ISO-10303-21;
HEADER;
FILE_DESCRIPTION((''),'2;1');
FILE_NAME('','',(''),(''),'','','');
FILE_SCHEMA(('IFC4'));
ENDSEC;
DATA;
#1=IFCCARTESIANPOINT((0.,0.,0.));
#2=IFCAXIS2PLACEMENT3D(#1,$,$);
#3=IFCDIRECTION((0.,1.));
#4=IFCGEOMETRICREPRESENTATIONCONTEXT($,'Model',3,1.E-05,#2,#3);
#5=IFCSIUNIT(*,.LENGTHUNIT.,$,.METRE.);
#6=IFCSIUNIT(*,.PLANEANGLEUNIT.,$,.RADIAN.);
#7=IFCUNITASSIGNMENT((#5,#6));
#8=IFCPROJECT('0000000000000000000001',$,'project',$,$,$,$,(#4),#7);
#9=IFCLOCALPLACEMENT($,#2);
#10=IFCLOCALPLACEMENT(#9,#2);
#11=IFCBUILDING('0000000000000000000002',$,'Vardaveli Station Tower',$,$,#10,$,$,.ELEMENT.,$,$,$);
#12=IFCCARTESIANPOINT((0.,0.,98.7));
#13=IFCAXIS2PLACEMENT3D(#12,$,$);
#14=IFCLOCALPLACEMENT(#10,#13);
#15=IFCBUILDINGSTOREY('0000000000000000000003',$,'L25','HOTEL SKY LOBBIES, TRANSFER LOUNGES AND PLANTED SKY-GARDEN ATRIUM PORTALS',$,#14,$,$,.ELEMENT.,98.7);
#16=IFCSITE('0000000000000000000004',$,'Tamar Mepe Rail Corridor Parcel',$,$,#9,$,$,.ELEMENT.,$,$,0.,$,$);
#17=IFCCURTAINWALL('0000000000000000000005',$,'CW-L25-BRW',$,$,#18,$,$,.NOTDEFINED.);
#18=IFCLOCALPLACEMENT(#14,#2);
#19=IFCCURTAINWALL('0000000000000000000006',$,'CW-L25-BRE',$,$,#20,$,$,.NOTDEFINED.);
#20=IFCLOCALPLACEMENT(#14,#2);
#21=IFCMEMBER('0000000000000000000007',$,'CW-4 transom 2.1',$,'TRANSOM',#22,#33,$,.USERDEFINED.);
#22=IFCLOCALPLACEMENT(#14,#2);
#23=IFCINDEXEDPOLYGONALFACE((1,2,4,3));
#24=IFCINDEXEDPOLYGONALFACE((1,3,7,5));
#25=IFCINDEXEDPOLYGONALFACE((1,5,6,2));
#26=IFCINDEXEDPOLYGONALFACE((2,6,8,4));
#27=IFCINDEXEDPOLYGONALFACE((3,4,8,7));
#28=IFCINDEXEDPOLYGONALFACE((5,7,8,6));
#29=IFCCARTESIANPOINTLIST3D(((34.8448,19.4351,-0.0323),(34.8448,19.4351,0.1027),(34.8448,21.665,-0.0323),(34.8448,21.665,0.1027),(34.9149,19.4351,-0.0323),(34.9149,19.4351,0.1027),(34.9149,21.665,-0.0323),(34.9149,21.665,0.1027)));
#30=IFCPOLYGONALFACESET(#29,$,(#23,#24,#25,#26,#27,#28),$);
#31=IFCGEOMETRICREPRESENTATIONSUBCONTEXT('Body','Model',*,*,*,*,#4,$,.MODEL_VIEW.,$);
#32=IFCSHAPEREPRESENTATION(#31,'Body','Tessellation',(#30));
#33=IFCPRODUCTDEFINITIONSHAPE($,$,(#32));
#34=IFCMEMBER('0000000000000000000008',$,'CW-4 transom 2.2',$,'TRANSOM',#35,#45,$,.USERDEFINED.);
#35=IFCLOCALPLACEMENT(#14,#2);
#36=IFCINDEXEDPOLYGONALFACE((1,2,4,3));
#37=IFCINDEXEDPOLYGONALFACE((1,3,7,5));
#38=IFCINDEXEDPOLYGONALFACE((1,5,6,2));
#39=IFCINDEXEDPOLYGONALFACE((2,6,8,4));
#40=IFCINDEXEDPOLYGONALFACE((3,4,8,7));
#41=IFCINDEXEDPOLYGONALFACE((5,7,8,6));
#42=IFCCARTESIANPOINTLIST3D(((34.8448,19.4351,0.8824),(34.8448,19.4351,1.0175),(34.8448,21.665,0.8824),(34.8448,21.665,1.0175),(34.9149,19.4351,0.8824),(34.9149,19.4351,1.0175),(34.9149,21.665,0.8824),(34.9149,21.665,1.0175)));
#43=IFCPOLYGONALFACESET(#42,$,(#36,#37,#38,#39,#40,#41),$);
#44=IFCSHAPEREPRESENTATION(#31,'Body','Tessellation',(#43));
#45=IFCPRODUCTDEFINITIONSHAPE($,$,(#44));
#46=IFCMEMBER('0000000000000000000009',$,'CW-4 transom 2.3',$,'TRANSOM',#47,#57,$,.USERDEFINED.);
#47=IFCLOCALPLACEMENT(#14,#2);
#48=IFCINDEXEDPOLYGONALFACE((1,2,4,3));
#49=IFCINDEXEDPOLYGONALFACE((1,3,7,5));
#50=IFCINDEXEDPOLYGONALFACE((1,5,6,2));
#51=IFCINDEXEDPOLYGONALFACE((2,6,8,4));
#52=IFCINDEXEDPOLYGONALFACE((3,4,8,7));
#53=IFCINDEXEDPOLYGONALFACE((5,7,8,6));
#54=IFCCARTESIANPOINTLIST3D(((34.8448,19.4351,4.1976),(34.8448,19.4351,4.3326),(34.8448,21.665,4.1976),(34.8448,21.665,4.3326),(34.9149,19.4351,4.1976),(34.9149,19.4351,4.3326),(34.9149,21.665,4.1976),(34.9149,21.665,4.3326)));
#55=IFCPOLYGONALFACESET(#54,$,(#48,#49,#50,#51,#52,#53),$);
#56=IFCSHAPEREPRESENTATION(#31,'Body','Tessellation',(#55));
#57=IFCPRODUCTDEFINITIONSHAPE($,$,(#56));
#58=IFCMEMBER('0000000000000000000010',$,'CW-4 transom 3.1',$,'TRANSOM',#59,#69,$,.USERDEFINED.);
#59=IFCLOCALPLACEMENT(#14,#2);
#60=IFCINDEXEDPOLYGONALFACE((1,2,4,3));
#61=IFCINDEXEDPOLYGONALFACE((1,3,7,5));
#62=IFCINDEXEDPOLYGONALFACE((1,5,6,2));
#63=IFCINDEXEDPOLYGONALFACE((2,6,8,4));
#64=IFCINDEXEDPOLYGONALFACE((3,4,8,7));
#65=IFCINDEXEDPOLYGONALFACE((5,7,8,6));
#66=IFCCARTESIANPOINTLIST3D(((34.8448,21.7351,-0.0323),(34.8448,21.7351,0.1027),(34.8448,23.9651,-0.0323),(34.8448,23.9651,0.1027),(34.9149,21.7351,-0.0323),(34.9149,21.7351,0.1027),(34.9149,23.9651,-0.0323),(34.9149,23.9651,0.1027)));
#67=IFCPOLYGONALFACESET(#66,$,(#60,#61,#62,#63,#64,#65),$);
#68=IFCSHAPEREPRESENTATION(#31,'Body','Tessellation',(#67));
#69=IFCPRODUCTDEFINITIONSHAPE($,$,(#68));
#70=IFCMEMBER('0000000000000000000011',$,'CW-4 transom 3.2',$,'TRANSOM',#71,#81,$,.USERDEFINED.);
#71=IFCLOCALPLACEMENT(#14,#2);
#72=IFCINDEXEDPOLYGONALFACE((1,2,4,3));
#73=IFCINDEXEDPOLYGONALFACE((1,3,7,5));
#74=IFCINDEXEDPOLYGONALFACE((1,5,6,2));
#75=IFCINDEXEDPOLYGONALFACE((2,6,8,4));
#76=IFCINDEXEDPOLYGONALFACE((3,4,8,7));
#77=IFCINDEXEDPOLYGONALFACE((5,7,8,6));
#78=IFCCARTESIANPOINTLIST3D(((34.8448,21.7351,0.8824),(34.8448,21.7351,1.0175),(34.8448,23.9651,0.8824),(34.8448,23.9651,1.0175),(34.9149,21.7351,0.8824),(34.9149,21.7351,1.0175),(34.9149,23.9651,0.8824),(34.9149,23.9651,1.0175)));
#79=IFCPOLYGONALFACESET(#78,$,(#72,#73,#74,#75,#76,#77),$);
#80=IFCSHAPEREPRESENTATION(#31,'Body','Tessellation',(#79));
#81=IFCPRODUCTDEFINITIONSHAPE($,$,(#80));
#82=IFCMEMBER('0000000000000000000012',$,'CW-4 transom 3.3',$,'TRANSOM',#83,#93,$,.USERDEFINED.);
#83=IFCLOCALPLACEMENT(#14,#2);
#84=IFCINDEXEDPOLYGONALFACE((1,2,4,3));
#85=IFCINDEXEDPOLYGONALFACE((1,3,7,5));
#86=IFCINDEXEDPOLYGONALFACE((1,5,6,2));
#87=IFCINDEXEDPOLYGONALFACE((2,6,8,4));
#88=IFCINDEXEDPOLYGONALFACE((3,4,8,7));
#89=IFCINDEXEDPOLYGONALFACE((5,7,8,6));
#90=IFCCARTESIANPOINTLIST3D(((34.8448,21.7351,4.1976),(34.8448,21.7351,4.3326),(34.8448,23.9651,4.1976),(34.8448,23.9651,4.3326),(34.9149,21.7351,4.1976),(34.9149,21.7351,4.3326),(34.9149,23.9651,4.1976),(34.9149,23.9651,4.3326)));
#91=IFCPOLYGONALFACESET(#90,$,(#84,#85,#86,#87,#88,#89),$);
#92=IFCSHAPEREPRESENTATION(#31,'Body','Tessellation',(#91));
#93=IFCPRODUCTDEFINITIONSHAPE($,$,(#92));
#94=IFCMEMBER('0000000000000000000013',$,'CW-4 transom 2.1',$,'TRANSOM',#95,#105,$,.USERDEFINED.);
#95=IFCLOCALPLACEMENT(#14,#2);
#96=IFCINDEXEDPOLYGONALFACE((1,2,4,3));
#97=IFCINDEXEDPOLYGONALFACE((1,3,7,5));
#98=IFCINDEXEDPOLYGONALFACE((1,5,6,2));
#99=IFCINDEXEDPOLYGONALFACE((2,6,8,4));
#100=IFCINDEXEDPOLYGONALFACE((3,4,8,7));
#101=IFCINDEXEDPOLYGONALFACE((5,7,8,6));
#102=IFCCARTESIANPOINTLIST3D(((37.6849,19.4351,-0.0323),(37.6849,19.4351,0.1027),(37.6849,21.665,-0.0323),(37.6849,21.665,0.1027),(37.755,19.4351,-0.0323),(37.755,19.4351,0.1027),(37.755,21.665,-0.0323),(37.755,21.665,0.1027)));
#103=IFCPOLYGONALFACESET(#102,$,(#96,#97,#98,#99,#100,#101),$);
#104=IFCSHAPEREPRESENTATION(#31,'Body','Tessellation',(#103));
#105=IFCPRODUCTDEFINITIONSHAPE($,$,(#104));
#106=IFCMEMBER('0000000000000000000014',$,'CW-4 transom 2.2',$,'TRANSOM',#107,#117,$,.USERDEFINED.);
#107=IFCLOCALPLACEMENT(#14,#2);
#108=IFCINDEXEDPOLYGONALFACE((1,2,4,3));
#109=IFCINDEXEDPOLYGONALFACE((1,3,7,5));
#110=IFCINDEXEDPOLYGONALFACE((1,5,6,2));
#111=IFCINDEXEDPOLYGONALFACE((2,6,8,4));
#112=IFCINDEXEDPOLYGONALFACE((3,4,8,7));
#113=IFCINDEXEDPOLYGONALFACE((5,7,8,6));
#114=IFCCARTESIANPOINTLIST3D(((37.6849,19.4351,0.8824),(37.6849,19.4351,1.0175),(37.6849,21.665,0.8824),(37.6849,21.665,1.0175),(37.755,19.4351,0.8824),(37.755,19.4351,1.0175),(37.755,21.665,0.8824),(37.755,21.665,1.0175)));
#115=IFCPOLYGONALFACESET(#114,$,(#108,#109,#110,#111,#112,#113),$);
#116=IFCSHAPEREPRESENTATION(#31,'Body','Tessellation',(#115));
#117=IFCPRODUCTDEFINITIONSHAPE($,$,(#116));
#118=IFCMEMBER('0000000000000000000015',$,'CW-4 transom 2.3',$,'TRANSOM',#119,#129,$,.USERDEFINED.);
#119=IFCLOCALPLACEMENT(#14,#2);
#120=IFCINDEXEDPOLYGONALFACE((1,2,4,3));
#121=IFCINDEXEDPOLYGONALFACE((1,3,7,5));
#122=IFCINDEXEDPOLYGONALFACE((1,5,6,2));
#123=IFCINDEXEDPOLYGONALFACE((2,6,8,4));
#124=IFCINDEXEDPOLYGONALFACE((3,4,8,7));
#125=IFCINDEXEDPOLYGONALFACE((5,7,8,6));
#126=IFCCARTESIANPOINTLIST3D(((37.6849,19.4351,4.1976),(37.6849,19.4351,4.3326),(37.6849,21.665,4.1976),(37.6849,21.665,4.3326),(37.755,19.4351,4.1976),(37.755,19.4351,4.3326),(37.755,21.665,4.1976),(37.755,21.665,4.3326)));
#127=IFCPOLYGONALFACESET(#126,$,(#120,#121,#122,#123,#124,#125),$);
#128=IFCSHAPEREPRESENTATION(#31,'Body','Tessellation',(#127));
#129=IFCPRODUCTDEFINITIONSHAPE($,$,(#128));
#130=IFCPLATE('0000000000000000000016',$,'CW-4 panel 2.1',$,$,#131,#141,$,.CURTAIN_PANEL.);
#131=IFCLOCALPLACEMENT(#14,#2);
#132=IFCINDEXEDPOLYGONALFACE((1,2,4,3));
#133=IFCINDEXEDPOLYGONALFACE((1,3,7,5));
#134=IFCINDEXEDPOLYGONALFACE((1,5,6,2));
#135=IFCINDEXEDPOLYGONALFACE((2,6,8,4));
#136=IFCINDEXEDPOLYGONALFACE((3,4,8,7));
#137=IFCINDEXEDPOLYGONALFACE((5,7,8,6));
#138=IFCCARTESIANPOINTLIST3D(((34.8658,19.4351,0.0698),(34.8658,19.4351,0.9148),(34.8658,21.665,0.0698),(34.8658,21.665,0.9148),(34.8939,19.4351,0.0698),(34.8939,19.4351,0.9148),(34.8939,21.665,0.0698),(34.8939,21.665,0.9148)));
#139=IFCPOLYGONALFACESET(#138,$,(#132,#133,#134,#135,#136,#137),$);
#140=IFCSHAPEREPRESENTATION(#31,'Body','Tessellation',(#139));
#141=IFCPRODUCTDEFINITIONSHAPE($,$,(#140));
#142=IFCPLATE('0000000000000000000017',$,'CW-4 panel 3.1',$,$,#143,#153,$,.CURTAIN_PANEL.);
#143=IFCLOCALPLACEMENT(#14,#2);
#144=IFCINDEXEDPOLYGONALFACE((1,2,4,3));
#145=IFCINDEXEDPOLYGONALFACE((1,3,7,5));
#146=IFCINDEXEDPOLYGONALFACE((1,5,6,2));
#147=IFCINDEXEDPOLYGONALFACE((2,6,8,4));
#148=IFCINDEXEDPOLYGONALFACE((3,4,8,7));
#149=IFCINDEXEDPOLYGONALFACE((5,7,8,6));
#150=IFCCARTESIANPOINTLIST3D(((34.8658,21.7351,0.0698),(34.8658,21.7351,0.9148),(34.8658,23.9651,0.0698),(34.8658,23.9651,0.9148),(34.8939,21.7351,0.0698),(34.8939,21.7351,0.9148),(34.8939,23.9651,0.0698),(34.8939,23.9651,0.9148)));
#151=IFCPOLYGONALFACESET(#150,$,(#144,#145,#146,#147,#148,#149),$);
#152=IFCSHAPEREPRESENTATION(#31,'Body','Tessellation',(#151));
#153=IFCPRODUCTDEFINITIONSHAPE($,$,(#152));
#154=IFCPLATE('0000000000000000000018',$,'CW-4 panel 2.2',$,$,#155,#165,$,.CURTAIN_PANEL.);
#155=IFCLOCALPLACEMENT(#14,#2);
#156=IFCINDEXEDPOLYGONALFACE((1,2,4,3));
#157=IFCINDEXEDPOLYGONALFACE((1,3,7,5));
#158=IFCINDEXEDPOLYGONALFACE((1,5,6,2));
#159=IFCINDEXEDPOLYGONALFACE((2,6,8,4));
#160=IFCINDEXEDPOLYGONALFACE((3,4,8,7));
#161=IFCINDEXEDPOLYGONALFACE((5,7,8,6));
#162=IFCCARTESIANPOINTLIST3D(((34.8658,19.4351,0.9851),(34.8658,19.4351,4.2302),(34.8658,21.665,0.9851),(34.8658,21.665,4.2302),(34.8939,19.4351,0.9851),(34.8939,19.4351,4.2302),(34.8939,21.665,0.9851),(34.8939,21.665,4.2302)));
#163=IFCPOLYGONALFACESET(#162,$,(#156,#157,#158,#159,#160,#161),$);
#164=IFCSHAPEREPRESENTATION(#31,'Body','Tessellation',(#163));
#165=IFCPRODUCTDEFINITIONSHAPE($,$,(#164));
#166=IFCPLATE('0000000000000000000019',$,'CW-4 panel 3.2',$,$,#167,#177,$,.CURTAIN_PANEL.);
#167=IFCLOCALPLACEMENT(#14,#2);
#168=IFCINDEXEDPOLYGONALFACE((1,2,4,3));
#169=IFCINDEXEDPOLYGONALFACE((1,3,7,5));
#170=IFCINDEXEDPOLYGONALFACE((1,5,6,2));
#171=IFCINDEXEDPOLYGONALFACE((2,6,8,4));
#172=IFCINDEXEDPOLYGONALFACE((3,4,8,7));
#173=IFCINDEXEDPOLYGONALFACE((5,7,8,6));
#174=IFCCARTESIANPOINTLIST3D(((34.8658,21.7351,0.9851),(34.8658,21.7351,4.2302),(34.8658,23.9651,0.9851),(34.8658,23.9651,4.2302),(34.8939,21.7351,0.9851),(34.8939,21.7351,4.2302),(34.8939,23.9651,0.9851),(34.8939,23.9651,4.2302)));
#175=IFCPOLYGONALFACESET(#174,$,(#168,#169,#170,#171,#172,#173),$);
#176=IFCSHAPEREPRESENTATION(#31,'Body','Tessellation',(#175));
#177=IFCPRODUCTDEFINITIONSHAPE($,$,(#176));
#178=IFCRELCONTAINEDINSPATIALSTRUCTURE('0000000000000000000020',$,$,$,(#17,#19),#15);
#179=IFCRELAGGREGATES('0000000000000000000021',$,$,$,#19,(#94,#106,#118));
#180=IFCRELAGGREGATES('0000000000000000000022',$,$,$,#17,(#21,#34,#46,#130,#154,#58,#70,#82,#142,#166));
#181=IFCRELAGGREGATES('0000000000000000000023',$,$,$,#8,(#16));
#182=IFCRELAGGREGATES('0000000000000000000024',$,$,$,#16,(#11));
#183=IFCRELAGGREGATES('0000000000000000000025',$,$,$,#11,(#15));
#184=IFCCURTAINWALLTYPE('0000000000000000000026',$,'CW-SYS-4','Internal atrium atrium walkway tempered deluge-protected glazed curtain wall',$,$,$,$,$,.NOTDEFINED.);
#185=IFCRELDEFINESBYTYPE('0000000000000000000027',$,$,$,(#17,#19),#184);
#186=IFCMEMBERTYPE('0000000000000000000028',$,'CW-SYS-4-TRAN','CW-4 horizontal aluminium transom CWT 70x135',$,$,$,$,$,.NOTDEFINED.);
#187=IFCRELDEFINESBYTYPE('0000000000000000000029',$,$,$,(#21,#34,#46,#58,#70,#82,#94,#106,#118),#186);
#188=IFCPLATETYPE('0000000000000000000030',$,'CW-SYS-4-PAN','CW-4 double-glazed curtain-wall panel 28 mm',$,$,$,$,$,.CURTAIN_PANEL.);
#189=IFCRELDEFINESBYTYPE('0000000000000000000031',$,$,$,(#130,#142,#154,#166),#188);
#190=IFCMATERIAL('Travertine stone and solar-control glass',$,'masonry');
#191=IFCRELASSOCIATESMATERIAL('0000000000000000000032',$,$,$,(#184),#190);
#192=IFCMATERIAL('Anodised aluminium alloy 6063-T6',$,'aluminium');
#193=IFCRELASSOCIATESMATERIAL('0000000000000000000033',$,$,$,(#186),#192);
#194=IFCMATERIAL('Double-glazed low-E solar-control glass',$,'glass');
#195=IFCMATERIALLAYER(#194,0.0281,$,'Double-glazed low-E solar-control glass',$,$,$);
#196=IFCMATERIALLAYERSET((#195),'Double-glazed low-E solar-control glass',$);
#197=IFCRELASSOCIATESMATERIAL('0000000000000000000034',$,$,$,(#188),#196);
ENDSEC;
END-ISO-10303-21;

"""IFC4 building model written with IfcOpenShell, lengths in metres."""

from ifc_helpers import new_model, si_unit, direction, frame, origin, origin_2d, place, context, subcontext, project, spatial, rectangle, extrude, source, transform, mapped, material, layer, layer_set, material_profile, profile_set, type_object, element, aggregate, save


model = new_model("IFC4")

# Units and contexts
model_context = context("Model", 3, precision=1e-05, world=origin(), true_north=direction((0.0, 1.0)))
body_context = subcontext(model_context, "Body", "Model", "MODEL_VIEW")
ifc_project = project(units=[si_unit("LENGTHUNIT", "METRE"), si_unit("PLANEANGLEUNIT", "RADIAN")], contexts=[model_context])

# Site, building, storey
site_placement = place(None, origin())
site = spatial("IfcSite", under=ifc_project, at=site_placement, Name="Tamar Mepe Rail Corridor Parcel", CompositionType="ELEMENT", RefElevation=0.0)
building_placement = place(site_placement, origin())
building = spatial("IfcBuilding", under=site, at=building_placement, Name="Vardaveli Station Tower", CompositionType="ELEMENT")
storey_placement = place(building_placement, frame((0.0, 0.0, 98.7)))
storey = spatial("IfcBuildingStorey", under=building, at=storey_placement, Name="L25", Description="HOTEL SKY LOBBIES, TRANSFER LOUNGES AND PLANTED SKY-GARDEN ATRIUM PORTALS", CompositionType="ELEMENT", Elevation=98.7)

# Curtain wall
ifc_material_1 = material(Name="Travertine stone and solar-control glass", Category="masonry")
curtain_wall_type = type_object("IfcCurtainWallType", Name="CW-SYS-4", Description="Internal atrium atrium walkway tempered deluge-protected glazed curtain wall", PredefinedType="NOTDEFINED", material=ifc_material_1)
curtain_wall_1_placement = place(storey_placement, origin())
curtain_wall_1 = element("IfcCurtainWall", 1, at=curtain_wall_1_placement, inside=storey, type_object=curtain_wall_type, Name="CW-L25-BRW", PredefinedType="NOTDEFINED")
ifc_material_2 = material(Name="Anodised aluminium alloy 6063-T6", Category="aluminium")

# Curtain wall
curtain_wall_2_placement = place(storey_placement, origin())
curtain_wall_2 = element("IfcCurtainWall", 2, at=curtain_wall_2_placement, inside=storey, type_object=curtain_wall_type, Name="CW-L25-BRE", PredefinedType="NOTDEFINED")

# Members
ifc_material_profile_1 = material_profile(ifc_material_2, rectangle(XDim=0.0701, YDim=0.135, at=origin_2d()), Name="CWT 70x135")
ifc_profile_set_1 = profile_set([ifc_material_profile_1], Name="Anodised aluminium alloy 6063-T6")
member_type_1 = type_object("IfcMemberType", Name="CW-SYS-4-TRAN", Description="CW-4 horizontal aluminium transom CWT 70x135", PredefinedType="NOTDEFINED", material=ifc_profile_set_1)
shared_shape_1 = source(origin(), body_context, "Body", "SweptSolid", [
    extrude(rectangle(XDim=0.0701, YDim=0.135, at=origin_2d()), origin(), (0.0, 0.0, 1.0), 2.23),
])
member_1_placement = place(storey_placement, frame((34.8799, 19.4351, 0.0352), z_axis=(0.0, 1.0, 0.0), x_axis=(-1.0, 0.0, 0.0)))
member_1 = element("IfcMember", 3, at=member_1_placement, type_object=member_type_1, Name="CW-4 transom 2.1", ObjectType="TRANSOM", PredefinedType="USERDEFINED", context=body_context, shape_type="MappedRepresentation", body=[
    mapped(shared_shape_1, transform((0.0, 0.0, 0.0), scale=1.0)),
])
member_2_placement = place(storey_placement, frame((34.8799, 19.4351, 0.95), z_axis=(0.0, 1.0, 0.0), x_axis=(-1.0, 0.0, 0.0)))
member_2 = element("IfcMember", 4, at=member_2_placement, type_object=member_type_1, Name="CW-4 transom 2.2", ObjectType="TRANSOM", PredefinedType="USERDEFINED", context=body_context, shape_type="MappedRepresentation", body=[
    mapped(shared_shape_1, transform((0.0, 0.0, 0.0), scale=1.0)),
])
member_3_placement = place(storey_placement, frame((34.8799, 19.4351, 4.2651), z_axis=(0.0, 1.0, 0.0), x_axis=(-1.0, 0.0, 0.0)))
member_3 = element("IfcMember", 5, at=member_3_placement, type_object=member_type_1, Name="CW-4 transom 2.3", ObjectType="TRANSOM", PredefinedType="USERDEFINED", context=body_context, shape_type="MappedRepresentation", body=[
    mapped(shared_shape_1, transform((0.0, 0.0, 0.0), scale=1.0)),
])
member_4_placement = place(storey_placement, frame((34.8799, 21.7351, 0.0352), z_axis=(0.0, 1.0, 0.0), x_axis=(-1.0, 0.0, 0.0)))
member_4 = element("IfcMember", 6, at=member_4_placement, type_object=member_type_1, Name="CW-4 transom 3.1", ObjectType="TRANSOM", PredefinedType="USERDEFINED", context=body_context, shape_type="MappedRepresentation", body=[
    mapped(shared_shape_1, transform((0.0, 0.0, 0.0), scale=1.0)),
])
member_5_placement = place(storey_placement, frame((34.8799, 21.7351, 0.95), z_axis=(0.0, 1.0, 0.0), x_axis=(-1.0, 0.0, 0.0)))
member_5 = element("IfcMember", 7, at=member_5_placement, type_object=member_type_1, Name="CW-4 transom 3.2", ObjectType="TRANSOM", PredefinedType="USERDEFINED", context=body_context, shape_type="MappedRepresentation", body=[
    mapped(shared_shape_1, transform((0.0, 0.0, 0.0), scale=1.0)),
])
member_6_placement = place(storey_placement, frame((34.8799, 21.7351, 4.2651), z_axis=(0.0, 1.0, 0.0), x_axis=(-1.0, 0.0, 0.0)))
member_6 = element("IfcMember", 8, at=member_6_placement, type_object=member_type_1, Name="CW-4 transom 3.3", ObjectType="TRANSOM", PredefinedType="USERDEFINED", context=body_context, shape_type="MappedRepresentation", body=[
    mapped(shared_shape_1, transform((0.0, 0.0, 0.0), scale=1.0)),
])
member_7_placement = place(storey_placement, frame((37.72, 19.4351, 0.0352), z_axis=(0.0, 1.0, 0.0), x_axis=(-1.0, 0.0, 0.0)))
member_7 = element("IfcMember", 9, at=member_7_placement, type_object=member_type_1, Name="CW-4 transom 2.1", ObjectType="TRANSOM", PredefinedType="USERDEFINED", context=body_context, shape_type="MappedRepresentation", body=[
    mapped(shared_shape_1, transform((0.0, 0.0, 0.0), scale=1.0)),
])
member_8_placement = place(storey_placement, frame((37.72, 19.4351, 0.95), z_axis=(0.0, 1.0, 0.0), x_axis=(-1.0, 0.0, 0.0)))
member_8 = element("IfcMember", 10, at=member_8_placement, type_object=member_type_1, Name="CW-4 transom 2.2", ObjectType="TRANSOM", PredefinedType="USERDEFINED", context=body_context, shape_type="MappedRepresentation", body=[
    mapped(shared_shape_1, transform((0.0, 0.0, 0.0), scale=1.0)),
])
member_9_placement = place(storey_placement, frame((37.72, 19.4351, 4.2651), z_axis=(0.0, 1.0, 0.0), x_axis=(-1.0, 0.0, 0.0)))
member_9 = element("IfcMember", 11, at=member_9_placement, type_object=member_type_1, Name="CW-4 transom 2.3", ObjectType="TRANSOM", PredefinedType="USERDEFINED", context=body_context, shape_type="MappedRepresentation", body=[
    mapped(shared_shape_1, transform((0.0, 0.0, 0.0), scale=1.0)),
])
aggregate(curtain_wall_2, [member_7, member_8, member_9])

# Plates
ifc_material_3 = material(Name="Double-glazed low-E solar-control glass", Category="glass")
ifc_layer = layer(ifc_material_3, 0.0281, Name="Double-glazed low-E solar-control glass")
ifc_layer_set = layer_set([ifc_layer], Name="Double-glazed low-E solar-control glass")
plate_type = type_object("IfcPlateType", Name="CW-SYS-4-PAN", Description="CW-4 double-glazed curtain-wall panel 28 mm", PredefinedType="CURTAIN_PANEL", material=ifc_layer_set)
shared_shape_2 = source(origin(), body_context, "Body", "SweptSolid", [
    extrude(rectangle(XDim=2.23, YDim=0.0281, at=origin_2d()), origin(), (0.0, 0.0, 1.0), 0.845),
])
plate_1_placement = place(storey_placement, frame((34.8799, 20.55, 0.0698), z_axis=(0.0, 0.0, 1.0), x_axis=(0.0, 1.0, 0.0)))
plate_1 = element("IfcPlate", 12, at=plate_1_placement, type_object=plate_type, Name="CW-4 panel 2.1", PredefinedType="CURTAIN_PANEL", context=body_context, shape_type="MappedRepresentation", body=[
    mapped(shared_shape_2, transform((0.0, 0.0, 0.0), scale=1.0)),
])
plate_2_placement = place(storey_placement, frame((34.8799, 22.8501, 0.0698), z_axis=(0.0, 0.0, 1.0), x_axis=(0.0, 1.0, 0.0)))
plate_2 = element("IfcPlate", 13, at=plate_2_placement, type_object=plate_type, Name="CW-4 panel 3.1", PredefinedType="CURTAIN_PANEL", context=body_context, shape_type="MappedRepresentation", body=[
    mapped(shared_shape_2, transform((0.0, 0.0, 0.0), scale=1.0)),
])
shared_shape_3 = source(origin(), body_context, "Body", "SweptSolid", [
    extrude(rectangle(XDim=2.23, YDim=0.0281, at=origin_2d()), origin(), (0.0, 0.0, 1.0), 3.2451),
])
plate_3_placement = place(storey_placement, frame((34.8799, 20.55, 0.9851), z_axis=(0.0, 0.0, 1.0), x_axis=(0.0, 1.0, 0.0)))
plate_3 = element("IfcPlate", 14, at=plate_3_placement, type_object=plate_type, Name="CW-4 panel 2.2", PredefinedType="CURTAIN_PANEL", context=body_context, shape_type="MappedRepresentation", body=[
    mapped(shared_shape_3, transform((0.0, 0.0, 0.0), scale=1.0)),
])
plate_4_placement = place(storey_placement, frame((34.8799, 22.8501, 0.9851), z_axis=(0.0, 0.0, 1.0), x_axis=(0.0, 1.0, 0.0)))
plate_4 = element("IfcPlate", 15, at=plate_4_placement, type_object=plate_type, Name="CW-4 panel 3.2", PredefinedType="CURTAIN_PANEL", context=body_context, shape_type="MappedRepresentation", body=[
    mapped(shared_shape_3, transform((0.0, 0.0, 0.0), scale=1.0)),
])
aggregate(curtain_wall_1, [member_1, member_2, member_3, plate_1, plate_3, member_4, member_5, member_6, plate_2, plate_4])

save(model, "model.ifc")
